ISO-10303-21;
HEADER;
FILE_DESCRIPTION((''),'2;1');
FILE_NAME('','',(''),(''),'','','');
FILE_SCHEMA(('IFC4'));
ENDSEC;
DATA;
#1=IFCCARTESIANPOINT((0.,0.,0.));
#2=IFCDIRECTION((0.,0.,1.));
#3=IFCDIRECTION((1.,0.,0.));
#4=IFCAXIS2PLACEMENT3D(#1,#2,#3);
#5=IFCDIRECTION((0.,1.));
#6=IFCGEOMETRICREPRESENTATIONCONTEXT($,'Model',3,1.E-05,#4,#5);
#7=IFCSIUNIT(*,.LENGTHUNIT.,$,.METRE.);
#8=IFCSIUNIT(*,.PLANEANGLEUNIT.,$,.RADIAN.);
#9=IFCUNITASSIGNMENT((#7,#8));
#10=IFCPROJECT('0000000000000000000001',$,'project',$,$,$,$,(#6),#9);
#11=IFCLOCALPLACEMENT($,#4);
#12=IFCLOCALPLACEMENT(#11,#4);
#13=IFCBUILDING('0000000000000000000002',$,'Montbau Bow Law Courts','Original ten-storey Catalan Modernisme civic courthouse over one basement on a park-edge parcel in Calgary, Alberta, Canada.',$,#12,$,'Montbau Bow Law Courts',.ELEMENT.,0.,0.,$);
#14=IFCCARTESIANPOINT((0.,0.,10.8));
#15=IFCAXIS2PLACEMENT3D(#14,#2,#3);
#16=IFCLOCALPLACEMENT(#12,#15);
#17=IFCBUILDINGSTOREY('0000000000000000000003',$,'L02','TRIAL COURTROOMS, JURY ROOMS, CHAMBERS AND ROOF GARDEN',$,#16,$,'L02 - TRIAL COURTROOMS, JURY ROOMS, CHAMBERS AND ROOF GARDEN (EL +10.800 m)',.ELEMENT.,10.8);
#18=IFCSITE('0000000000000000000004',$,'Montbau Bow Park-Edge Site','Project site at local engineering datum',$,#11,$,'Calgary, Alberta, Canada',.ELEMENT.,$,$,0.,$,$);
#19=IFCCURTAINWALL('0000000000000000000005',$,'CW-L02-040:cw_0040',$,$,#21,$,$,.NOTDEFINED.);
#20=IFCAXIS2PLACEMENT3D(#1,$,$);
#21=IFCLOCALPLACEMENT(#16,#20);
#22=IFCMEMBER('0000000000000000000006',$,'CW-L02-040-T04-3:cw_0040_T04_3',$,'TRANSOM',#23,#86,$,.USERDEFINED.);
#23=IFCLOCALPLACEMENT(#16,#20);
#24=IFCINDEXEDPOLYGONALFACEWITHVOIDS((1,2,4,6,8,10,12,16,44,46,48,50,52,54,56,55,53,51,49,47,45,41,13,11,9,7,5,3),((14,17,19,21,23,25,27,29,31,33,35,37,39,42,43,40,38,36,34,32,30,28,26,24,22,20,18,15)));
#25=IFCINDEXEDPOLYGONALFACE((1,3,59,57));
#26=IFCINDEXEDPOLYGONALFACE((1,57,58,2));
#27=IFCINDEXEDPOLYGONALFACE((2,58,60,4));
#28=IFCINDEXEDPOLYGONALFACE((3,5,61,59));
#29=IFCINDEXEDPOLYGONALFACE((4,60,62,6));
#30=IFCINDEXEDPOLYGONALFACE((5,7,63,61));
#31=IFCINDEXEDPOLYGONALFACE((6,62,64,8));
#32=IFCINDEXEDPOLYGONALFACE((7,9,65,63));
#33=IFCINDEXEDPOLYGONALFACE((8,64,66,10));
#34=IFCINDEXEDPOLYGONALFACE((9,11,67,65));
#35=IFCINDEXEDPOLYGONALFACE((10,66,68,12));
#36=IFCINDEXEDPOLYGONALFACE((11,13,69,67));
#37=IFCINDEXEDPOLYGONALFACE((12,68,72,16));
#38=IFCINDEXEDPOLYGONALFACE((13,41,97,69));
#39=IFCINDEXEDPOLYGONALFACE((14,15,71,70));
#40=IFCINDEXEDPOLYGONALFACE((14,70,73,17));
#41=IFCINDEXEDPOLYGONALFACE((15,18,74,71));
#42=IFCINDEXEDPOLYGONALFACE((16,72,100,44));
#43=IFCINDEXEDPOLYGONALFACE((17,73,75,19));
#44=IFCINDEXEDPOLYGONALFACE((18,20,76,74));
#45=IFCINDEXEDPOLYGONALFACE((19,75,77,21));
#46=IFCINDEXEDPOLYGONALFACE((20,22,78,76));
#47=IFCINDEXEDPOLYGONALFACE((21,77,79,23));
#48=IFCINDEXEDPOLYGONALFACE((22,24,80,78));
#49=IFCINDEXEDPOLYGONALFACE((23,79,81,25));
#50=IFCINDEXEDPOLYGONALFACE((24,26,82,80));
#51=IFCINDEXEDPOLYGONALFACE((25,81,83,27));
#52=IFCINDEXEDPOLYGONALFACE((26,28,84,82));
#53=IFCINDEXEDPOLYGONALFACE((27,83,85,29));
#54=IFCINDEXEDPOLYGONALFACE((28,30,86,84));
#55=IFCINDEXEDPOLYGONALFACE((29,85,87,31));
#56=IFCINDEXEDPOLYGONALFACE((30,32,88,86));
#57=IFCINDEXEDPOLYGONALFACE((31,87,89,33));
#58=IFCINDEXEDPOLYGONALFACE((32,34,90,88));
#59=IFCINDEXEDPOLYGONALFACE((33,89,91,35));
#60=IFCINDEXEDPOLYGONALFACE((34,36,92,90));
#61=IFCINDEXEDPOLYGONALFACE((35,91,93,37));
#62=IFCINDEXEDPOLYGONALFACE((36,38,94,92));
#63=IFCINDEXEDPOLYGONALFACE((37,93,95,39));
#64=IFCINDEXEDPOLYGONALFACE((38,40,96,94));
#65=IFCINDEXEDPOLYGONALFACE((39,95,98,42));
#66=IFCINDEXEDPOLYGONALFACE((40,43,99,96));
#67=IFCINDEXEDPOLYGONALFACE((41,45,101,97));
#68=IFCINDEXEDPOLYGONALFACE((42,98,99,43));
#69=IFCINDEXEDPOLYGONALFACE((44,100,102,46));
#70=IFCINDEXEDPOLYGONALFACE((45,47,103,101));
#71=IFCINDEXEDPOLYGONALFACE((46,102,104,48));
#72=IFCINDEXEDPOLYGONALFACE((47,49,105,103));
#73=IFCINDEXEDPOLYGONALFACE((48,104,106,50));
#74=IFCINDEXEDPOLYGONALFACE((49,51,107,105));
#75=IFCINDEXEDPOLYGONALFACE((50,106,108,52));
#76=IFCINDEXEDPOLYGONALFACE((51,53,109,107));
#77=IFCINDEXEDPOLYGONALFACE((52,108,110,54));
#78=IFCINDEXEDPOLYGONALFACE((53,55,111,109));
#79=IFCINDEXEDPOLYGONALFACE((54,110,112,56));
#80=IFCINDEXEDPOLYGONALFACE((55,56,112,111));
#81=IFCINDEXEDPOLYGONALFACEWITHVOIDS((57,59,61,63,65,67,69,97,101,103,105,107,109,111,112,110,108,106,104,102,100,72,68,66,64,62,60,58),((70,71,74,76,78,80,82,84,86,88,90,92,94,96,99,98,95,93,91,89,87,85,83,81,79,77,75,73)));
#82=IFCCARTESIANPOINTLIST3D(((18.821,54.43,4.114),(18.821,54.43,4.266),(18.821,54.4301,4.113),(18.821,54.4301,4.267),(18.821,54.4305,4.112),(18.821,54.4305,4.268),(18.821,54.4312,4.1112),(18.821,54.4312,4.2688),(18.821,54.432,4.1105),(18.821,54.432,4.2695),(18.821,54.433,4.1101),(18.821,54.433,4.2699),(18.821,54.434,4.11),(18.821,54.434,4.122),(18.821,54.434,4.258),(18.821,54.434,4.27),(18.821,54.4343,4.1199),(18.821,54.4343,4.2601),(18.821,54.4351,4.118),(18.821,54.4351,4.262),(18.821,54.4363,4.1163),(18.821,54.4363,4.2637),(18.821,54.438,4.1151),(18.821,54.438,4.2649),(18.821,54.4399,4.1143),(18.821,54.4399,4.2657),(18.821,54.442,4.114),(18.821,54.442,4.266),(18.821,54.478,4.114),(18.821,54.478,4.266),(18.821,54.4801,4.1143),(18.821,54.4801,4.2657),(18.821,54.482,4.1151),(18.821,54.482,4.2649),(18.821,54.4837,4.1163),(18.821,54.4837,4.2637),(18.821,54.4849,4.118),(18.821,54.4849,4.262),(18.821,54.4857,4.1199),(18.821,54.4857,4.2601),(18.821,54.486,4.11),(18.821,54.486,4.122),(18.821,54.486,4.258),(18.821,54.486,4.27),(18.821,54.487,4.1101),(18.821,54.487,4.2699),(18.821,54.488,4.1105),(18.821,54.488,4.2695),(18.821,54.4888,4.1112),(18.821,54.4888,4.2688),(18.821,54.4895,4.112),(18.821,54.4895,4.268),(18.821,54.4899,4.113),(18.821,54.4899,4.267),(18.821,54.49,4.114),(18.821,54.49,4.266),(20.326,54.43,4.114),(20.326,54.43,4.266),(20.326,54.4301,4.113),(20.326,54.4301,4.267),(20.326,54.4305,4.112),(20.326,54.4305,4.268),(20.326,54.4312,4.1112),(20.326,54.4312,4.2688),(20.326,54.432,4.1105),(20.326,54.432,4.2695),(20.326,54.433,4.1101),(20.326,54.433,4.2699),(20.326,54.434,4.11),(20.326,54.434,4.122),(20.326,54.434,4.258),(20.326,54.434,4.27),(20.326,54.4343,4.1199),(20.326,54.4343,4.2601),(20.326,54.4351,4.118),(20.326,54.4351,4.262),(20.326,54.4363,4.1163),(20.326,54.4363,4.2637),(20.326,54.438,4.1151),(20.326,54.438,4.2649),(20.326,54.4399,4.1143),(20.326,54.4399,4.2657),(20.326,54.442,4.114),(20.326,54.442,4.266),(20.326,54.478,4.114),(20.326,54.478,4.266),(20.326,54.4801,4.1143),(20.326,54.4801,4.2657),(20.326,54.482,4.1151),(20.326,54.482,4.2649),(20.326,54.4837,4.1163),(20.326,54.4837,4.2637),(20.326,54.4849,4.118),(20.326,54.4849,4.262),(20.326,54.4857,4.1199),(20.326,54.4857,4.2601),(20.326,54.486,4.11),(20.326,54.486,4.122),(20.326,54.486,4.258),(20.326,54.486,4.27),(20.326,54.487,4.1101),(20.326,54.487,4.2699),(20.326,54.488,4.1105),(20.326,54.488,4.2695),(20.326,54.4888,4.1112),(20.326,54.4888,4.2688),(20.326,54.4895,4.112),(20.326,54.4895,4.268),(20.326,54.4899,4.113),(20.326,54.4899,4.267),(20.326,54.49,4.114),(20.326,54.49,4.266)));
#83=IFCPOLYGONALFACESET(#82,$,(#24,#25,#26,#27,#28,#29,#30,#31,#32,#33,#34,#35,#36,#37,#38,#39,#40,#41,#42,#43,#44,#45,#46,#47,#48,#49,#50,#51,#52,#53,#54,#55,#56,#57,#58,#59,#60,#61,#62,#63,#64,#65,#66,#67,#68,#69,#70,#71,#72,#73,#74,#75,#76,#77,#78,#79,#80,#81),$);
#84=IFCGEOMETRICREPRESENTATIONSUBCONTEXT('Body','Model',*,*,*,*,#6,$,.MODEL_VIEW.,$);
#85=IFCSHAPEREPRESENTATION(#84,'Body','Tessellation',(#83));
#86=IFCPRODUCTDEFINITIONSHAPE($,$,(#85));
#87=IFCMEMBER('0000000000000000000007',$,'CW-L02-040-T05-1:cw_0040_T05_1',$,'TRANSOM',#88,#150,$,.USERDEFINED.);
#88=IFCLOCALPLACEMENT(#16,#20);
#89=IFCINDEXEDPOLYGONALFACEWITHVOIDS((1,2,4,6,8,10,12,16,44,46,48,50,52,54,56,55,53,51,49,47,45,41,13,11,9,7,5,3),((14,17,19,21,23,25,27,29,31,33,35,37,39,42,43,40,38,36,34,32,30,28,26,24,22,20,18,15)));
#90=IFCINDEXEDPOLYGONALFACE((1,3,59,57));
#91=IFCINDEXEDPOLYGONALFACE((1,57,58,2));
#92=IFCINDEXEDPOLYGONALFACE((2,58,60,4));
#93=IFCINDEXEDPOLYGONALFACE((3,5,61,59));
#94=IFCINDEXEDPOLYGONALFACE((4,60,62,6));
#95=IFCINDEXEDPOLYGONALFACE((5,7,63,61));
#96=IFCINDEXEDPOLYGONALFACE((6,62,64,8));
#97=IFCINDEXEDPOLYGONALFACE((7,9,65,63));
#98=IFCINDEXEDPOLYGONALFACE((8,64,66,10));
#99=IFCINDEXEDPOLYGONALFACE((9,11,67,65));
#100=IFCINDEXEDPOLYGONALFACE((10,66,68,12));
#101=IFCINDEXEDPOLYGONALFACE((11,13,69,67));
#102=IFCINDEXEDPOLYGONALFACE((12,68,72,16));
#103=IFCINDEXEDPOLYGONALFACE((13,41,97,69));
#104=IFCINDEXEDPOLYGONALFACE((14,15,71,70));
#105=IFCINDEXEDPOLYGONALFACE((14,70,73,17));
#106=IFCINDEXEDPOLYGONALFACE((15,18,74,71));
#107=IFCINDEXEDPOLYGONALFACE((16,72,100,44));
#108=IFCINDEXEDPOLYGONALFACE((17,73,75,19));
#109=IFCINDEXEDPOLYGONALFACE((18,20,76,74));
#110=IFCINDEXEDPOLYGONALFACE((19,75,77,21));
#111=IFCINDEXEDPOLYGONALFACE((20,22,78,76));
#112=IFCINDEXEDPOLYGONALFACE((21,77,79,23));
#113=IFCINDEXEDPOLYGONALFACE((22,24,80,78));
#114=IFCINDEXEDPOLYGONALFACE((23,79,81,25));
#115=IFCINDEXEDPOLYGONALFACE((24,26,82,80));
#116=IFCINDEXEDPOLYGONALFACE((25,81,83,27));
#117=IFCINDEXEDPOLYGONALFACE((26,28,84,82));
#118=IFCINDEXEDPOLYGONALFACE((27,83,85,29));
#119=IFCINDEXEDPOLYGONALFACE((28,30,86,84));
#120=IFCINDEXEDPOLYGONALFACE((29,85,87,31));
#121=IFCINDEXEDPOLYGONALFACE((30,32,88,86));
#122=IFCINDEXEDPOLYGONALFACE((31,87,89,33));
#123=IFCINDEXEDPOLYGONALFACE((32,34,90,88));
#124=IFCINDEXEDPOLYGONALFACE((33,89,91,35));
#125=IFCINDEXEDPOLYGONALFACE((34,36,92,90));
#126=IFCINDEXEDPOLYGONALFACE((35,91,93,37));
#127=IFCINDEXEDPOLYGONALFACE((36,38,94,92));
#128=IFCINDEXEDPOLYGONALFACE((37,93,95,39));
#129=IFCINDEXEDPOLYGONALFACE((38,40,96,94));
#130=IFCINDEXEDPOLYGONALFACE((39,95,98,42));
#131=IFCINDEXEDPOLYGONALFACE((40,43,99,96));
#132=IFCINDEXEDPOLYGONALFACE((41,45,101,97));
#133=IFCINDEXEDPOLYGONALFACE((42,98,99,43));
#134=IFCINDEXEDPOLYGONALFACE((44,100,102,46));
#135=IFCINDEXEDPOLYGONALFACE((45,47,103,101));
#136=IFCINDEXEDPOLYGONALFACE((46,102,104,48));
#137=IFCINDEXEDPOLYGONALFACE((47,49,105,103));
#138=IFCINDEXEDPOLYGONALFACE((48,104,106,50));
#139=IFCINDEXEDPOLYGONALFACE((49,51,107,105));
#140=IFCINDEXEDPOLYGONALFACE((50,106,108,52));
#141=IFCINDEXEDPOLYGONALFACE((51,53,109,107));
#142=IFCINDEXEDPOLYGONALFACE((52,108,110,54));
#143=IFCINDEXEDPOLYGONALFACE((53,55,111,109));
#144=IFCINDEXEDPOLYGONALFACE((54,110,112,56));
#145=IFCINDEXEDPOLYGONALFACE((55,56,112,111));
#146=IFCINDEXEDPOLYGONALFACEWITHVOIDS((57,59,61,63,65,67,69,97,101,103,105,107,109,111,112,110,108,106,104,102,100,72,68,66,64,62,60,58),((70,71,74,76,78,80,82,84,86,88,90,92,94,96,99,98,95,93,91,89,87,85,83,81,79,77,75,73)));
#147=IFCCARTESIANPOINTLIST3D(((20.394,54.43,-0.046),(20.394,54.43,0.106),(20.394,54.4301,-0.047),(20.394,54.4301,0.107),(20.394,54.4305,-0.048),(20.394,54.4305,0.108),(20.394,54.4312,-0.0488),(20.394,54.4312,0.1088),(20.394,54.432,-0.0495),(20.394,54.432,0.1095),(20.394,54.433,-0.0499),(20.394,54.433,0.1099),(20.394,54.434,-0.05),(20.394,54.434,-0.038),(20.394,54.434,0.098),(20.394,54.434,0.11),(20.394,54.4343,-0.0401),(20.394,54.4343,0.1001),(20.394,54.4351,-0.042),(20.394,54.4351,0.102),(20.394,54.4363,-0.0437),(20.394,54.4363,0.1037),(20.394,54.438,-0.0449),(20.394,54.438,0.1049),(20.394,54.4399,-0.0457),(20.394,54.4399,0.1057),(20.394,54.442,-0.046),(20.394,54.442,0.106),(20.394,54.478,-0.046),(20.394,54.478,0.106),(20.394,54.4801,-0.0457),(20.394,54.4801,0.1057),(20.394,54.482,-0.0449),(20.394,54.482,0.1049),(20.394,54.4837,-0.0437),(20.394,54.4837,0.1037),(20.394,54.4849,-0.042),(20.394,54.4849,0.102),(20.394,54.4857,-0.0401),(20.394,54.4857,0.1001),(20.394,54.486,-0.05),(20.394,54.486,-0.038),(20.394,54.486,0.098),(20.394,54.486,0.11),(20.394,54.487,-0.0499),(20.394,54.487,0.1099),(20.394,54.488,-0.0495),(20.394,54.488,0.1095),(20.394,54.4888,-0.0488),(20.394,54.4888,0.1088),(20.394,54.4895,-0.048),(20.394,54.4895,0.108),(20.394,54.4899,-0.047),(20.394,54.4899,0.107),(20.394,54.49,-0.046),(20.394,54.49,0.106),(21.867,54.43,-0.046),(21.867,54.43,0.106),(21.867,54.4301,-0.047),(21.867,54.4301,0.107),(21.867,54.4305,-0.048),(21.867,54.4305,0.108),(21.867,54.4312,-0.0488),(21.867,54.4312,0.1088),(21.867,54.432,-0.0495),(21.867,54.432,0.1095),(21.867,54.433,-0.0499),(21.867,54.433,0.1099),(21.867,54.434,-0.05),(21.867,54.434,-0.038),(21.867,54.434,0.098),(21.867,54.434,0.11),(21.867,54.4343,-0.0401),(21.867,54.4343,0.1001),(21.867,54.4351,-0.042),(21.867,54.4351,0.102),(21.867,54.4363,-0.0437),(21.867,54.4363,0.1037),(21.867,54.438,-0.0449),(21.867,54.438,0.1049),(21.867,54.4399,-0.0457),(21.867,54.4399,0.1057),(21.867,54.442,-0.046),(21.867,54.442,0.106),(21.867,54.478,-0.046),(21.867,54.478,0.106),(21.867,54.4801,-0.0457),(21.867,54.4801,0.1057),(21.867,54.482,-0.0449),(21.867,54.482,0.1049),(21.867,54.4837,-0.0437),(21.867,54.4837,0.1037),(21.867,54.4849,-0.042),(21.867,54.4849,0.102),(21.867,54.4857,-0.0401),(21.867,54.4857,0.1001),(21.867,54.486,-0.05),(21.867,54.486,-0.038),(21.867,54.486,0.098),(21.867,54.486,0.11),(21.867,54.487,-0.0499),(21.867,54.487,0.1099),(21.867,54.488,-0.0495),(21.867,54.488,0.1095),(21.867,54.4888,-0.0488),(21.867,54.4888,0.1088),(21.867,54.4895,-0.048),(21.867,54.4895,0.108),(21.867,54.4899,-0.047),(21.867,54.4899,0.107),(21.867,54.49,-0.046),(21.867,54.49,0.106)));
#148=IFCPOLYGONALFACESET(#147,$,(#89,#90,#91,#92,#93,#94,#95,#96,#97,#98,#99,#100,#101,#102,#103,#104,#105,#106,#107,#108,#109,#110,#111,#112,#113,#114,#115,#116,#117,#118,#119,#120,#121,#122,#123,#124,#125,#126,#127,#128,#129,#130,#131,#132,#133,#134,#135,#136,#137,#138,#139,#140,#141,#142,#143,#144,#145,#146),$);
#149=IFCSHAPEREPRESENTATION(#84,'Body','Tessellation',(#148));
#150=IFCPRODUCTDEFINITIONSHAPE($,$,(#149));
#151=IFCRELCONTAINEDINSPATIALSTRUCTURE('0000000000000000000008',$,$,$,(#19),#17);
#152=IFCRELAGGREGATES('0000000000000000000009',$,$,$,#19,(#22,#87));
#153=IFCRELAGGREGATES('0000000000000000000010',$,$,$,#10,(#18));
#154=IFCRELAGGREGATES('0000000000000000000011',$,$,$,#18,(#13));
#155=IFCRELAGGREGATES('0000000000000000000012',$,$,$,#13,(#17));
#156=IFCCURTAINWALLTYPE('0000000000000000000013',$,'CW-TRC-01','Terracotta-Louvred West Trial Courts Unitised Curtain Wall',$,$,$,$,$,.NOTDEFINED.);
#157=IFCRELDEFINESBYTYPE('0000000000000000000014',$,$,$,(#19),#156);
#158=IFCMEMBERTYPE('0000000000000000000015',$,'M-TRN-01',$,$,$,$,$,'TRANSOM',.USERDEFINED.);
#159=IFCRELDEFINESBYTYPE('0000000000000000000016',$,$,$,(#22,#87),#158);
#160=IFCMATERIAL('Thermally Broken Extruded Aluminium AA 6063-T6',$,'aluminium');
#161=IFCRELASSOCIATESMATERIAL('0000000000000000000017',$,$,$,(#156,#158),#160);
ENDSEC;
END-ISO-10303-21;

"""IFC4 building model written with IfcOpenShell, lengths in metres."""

from ifc_helpers import new_model, si_unit, direction, frame, origin_with_axes, origin_2d_with_axis, place, context, subcontext, project, spatial, hollow_rectangle, extrude, material, material_profile, profile_set, type_object, element, aggregate, save


model = new_model("IFC4")

# Units and contexts
model_context = context("Model", 3, precision=1e-05, world=origin_with_axes(), true_north=direction((0.0, 1.0)))
body_context = subcontext(model_context, "Body", "Model", "MODEL_VIEW")
ifc_project = project(units=[si_unit("LENGTHUNIT", "METRE"), si_unit("PLANEANGLEUNIT", "RADIAN")], contexts=[model_context])

# Site, building, storey
site_placement = place(None, origin_with_axes())
site = spatial("IfcSite", under=ifc_project, at=site_placement, Name="Montbau Bow Park-Edge Site", Description="Project site at local engineering datum", LongName="Calgary, Alberta, Canada", CompositionType="ELEMENT", RefElevation=0.0)
building_placement = place(site_placement, origin_with_axes())
building = spatial("IfcBuilding", under=site, at=building_placement, Name="Montbau Bow Law Courts", Description="Original ten-storey Catalan Modernisme civic courthouse over one basement on a park-edge parcel in Calgary, Alberta, Canada.", LongName="Montbau Bow Law Courts", CompositionType="ELEMENT", ElevationOfRefHeight=0.0, ElevationOfTerrain=0.0)
storey_placement = place(building_placement, frame((0.0, 0.0, 10.8), z_axis=(0.0, 0.0, 1.0), x_axis=(1.0, 0.0, 0.0)))
storey = spatial("IfcBuildingStorey", under=building, at=storey_placement, Name="L02", Description="TRIAL COURTROOMS, JURY ROOMS, CHAMBERS AND ROOF GARDEN", LongName="L02 - TRIAL COURTROOMS, JURY ROOMS, CHAMBERS AND ROOF GARDEN (EL +10.800 m)", CompositionType="ELEMENT", Elevation=10.8)

# Curtain wall
ifc_material_1 = material(Name="Thermally Broken Extruded Aluminium AA 6063-T6", Category="aluminium")
curtain_wall_type = type_object("IfcCurtainWallType", Name="CW-TRC-01", Description="Terracotta-Louvred West Trial Courts Unitised Curtain Wall", PredefinedType="NOTDEFINED", material=ifc_material_1)
curtain_wall_1_placement = place(None, frame((14.068, 54.46, 10.8), z_axis=(0.0, 0.0, 1.0), x_axis=(1.0, 0.0, 0.0)))
curtain_wall_1 = element("IfcCurtainWall", 1, at=curtain_wall_1_placement, inside=storey, type_object=curtain_wall_type, Name="CW-L02-040:cw_0040", PredefinedType="NOTDEFINED")

# Members
ifc_material_profile_1 = material_profile(ifc_material_1, hollow_rectangle(XDim=0.06, YDim=0.16, WallThickness=0.004, InnerFilletRadius=0.008, OuterFilletRadius=0.004, at=origin_2d_with_axis()), Name="CWT-160X60", Category="Main", Priority=0)
ifc_profile_set_1 = profile_set([ifc_material_profile_1], Name="Thermally Broken Extruded Aluminium AA 6063-T6")
member_type_1 = type_object("IfcMemberType", Name="M-TRN-01", ElementType="TRANSOM", PredefinedType="USERDEFINED", material=ifc_profile_set_1)
member_1_placement = place(None, frame((18.821, 54.46, 14.99), z_axis=(1.0, 0.0, 0.0), x_axis=(0.0, 1.0, 0.0)))
member_1 = element("IfcMember", 2, at=member_1_placement, type_object=member_type_1, Name="CW-L02-040-T04-3:cw_0040_T04_3", ObjectType="TRANSOM", PredefinedType="USERDEFINED", context=body_context, shape_type="SweptSolid", body=[
    extrude(hollow_rectangle(XDim=0.06, YDim=0.16, WallThickness=0.004, InnerFilletRadius=0.008, OuterFilletRadius=0.004, at=origin_2d_with_axis()), origin_with_axes(), (0.0, 0.0, 1.0), 1.505),
])
member_2_placement = place(None, frame((20.394, 54.46, 10.83), z_axis=(1.0, 0.0, 0.0), x_axis=(0.0, 1.0, 0.0)))
member_2 = element("IfcMember", 3, at=member_2_placement, type_object=member_type_1, Name="CW-L02-040-T05-1:cw_0040_T05_1", ObjectType="TRANSOM", PredefinedType="USERDEFINED", context=body_context, shape_type="SweptSolid", body=[
    extrude(hollow_rectangle(XDim=0.06, YDim=0.16, WallThickness=0.004, InnerFilletRadius=0.008, OuterFilletRadius=0.004, at=origin_2d_with_axis()), origin_with_axes(), (0.0, 0.0, 1.0), 1.473),
])

aggregate(curtain_wall_1, [member_1, member_2])

save(model, "model.ifc")
